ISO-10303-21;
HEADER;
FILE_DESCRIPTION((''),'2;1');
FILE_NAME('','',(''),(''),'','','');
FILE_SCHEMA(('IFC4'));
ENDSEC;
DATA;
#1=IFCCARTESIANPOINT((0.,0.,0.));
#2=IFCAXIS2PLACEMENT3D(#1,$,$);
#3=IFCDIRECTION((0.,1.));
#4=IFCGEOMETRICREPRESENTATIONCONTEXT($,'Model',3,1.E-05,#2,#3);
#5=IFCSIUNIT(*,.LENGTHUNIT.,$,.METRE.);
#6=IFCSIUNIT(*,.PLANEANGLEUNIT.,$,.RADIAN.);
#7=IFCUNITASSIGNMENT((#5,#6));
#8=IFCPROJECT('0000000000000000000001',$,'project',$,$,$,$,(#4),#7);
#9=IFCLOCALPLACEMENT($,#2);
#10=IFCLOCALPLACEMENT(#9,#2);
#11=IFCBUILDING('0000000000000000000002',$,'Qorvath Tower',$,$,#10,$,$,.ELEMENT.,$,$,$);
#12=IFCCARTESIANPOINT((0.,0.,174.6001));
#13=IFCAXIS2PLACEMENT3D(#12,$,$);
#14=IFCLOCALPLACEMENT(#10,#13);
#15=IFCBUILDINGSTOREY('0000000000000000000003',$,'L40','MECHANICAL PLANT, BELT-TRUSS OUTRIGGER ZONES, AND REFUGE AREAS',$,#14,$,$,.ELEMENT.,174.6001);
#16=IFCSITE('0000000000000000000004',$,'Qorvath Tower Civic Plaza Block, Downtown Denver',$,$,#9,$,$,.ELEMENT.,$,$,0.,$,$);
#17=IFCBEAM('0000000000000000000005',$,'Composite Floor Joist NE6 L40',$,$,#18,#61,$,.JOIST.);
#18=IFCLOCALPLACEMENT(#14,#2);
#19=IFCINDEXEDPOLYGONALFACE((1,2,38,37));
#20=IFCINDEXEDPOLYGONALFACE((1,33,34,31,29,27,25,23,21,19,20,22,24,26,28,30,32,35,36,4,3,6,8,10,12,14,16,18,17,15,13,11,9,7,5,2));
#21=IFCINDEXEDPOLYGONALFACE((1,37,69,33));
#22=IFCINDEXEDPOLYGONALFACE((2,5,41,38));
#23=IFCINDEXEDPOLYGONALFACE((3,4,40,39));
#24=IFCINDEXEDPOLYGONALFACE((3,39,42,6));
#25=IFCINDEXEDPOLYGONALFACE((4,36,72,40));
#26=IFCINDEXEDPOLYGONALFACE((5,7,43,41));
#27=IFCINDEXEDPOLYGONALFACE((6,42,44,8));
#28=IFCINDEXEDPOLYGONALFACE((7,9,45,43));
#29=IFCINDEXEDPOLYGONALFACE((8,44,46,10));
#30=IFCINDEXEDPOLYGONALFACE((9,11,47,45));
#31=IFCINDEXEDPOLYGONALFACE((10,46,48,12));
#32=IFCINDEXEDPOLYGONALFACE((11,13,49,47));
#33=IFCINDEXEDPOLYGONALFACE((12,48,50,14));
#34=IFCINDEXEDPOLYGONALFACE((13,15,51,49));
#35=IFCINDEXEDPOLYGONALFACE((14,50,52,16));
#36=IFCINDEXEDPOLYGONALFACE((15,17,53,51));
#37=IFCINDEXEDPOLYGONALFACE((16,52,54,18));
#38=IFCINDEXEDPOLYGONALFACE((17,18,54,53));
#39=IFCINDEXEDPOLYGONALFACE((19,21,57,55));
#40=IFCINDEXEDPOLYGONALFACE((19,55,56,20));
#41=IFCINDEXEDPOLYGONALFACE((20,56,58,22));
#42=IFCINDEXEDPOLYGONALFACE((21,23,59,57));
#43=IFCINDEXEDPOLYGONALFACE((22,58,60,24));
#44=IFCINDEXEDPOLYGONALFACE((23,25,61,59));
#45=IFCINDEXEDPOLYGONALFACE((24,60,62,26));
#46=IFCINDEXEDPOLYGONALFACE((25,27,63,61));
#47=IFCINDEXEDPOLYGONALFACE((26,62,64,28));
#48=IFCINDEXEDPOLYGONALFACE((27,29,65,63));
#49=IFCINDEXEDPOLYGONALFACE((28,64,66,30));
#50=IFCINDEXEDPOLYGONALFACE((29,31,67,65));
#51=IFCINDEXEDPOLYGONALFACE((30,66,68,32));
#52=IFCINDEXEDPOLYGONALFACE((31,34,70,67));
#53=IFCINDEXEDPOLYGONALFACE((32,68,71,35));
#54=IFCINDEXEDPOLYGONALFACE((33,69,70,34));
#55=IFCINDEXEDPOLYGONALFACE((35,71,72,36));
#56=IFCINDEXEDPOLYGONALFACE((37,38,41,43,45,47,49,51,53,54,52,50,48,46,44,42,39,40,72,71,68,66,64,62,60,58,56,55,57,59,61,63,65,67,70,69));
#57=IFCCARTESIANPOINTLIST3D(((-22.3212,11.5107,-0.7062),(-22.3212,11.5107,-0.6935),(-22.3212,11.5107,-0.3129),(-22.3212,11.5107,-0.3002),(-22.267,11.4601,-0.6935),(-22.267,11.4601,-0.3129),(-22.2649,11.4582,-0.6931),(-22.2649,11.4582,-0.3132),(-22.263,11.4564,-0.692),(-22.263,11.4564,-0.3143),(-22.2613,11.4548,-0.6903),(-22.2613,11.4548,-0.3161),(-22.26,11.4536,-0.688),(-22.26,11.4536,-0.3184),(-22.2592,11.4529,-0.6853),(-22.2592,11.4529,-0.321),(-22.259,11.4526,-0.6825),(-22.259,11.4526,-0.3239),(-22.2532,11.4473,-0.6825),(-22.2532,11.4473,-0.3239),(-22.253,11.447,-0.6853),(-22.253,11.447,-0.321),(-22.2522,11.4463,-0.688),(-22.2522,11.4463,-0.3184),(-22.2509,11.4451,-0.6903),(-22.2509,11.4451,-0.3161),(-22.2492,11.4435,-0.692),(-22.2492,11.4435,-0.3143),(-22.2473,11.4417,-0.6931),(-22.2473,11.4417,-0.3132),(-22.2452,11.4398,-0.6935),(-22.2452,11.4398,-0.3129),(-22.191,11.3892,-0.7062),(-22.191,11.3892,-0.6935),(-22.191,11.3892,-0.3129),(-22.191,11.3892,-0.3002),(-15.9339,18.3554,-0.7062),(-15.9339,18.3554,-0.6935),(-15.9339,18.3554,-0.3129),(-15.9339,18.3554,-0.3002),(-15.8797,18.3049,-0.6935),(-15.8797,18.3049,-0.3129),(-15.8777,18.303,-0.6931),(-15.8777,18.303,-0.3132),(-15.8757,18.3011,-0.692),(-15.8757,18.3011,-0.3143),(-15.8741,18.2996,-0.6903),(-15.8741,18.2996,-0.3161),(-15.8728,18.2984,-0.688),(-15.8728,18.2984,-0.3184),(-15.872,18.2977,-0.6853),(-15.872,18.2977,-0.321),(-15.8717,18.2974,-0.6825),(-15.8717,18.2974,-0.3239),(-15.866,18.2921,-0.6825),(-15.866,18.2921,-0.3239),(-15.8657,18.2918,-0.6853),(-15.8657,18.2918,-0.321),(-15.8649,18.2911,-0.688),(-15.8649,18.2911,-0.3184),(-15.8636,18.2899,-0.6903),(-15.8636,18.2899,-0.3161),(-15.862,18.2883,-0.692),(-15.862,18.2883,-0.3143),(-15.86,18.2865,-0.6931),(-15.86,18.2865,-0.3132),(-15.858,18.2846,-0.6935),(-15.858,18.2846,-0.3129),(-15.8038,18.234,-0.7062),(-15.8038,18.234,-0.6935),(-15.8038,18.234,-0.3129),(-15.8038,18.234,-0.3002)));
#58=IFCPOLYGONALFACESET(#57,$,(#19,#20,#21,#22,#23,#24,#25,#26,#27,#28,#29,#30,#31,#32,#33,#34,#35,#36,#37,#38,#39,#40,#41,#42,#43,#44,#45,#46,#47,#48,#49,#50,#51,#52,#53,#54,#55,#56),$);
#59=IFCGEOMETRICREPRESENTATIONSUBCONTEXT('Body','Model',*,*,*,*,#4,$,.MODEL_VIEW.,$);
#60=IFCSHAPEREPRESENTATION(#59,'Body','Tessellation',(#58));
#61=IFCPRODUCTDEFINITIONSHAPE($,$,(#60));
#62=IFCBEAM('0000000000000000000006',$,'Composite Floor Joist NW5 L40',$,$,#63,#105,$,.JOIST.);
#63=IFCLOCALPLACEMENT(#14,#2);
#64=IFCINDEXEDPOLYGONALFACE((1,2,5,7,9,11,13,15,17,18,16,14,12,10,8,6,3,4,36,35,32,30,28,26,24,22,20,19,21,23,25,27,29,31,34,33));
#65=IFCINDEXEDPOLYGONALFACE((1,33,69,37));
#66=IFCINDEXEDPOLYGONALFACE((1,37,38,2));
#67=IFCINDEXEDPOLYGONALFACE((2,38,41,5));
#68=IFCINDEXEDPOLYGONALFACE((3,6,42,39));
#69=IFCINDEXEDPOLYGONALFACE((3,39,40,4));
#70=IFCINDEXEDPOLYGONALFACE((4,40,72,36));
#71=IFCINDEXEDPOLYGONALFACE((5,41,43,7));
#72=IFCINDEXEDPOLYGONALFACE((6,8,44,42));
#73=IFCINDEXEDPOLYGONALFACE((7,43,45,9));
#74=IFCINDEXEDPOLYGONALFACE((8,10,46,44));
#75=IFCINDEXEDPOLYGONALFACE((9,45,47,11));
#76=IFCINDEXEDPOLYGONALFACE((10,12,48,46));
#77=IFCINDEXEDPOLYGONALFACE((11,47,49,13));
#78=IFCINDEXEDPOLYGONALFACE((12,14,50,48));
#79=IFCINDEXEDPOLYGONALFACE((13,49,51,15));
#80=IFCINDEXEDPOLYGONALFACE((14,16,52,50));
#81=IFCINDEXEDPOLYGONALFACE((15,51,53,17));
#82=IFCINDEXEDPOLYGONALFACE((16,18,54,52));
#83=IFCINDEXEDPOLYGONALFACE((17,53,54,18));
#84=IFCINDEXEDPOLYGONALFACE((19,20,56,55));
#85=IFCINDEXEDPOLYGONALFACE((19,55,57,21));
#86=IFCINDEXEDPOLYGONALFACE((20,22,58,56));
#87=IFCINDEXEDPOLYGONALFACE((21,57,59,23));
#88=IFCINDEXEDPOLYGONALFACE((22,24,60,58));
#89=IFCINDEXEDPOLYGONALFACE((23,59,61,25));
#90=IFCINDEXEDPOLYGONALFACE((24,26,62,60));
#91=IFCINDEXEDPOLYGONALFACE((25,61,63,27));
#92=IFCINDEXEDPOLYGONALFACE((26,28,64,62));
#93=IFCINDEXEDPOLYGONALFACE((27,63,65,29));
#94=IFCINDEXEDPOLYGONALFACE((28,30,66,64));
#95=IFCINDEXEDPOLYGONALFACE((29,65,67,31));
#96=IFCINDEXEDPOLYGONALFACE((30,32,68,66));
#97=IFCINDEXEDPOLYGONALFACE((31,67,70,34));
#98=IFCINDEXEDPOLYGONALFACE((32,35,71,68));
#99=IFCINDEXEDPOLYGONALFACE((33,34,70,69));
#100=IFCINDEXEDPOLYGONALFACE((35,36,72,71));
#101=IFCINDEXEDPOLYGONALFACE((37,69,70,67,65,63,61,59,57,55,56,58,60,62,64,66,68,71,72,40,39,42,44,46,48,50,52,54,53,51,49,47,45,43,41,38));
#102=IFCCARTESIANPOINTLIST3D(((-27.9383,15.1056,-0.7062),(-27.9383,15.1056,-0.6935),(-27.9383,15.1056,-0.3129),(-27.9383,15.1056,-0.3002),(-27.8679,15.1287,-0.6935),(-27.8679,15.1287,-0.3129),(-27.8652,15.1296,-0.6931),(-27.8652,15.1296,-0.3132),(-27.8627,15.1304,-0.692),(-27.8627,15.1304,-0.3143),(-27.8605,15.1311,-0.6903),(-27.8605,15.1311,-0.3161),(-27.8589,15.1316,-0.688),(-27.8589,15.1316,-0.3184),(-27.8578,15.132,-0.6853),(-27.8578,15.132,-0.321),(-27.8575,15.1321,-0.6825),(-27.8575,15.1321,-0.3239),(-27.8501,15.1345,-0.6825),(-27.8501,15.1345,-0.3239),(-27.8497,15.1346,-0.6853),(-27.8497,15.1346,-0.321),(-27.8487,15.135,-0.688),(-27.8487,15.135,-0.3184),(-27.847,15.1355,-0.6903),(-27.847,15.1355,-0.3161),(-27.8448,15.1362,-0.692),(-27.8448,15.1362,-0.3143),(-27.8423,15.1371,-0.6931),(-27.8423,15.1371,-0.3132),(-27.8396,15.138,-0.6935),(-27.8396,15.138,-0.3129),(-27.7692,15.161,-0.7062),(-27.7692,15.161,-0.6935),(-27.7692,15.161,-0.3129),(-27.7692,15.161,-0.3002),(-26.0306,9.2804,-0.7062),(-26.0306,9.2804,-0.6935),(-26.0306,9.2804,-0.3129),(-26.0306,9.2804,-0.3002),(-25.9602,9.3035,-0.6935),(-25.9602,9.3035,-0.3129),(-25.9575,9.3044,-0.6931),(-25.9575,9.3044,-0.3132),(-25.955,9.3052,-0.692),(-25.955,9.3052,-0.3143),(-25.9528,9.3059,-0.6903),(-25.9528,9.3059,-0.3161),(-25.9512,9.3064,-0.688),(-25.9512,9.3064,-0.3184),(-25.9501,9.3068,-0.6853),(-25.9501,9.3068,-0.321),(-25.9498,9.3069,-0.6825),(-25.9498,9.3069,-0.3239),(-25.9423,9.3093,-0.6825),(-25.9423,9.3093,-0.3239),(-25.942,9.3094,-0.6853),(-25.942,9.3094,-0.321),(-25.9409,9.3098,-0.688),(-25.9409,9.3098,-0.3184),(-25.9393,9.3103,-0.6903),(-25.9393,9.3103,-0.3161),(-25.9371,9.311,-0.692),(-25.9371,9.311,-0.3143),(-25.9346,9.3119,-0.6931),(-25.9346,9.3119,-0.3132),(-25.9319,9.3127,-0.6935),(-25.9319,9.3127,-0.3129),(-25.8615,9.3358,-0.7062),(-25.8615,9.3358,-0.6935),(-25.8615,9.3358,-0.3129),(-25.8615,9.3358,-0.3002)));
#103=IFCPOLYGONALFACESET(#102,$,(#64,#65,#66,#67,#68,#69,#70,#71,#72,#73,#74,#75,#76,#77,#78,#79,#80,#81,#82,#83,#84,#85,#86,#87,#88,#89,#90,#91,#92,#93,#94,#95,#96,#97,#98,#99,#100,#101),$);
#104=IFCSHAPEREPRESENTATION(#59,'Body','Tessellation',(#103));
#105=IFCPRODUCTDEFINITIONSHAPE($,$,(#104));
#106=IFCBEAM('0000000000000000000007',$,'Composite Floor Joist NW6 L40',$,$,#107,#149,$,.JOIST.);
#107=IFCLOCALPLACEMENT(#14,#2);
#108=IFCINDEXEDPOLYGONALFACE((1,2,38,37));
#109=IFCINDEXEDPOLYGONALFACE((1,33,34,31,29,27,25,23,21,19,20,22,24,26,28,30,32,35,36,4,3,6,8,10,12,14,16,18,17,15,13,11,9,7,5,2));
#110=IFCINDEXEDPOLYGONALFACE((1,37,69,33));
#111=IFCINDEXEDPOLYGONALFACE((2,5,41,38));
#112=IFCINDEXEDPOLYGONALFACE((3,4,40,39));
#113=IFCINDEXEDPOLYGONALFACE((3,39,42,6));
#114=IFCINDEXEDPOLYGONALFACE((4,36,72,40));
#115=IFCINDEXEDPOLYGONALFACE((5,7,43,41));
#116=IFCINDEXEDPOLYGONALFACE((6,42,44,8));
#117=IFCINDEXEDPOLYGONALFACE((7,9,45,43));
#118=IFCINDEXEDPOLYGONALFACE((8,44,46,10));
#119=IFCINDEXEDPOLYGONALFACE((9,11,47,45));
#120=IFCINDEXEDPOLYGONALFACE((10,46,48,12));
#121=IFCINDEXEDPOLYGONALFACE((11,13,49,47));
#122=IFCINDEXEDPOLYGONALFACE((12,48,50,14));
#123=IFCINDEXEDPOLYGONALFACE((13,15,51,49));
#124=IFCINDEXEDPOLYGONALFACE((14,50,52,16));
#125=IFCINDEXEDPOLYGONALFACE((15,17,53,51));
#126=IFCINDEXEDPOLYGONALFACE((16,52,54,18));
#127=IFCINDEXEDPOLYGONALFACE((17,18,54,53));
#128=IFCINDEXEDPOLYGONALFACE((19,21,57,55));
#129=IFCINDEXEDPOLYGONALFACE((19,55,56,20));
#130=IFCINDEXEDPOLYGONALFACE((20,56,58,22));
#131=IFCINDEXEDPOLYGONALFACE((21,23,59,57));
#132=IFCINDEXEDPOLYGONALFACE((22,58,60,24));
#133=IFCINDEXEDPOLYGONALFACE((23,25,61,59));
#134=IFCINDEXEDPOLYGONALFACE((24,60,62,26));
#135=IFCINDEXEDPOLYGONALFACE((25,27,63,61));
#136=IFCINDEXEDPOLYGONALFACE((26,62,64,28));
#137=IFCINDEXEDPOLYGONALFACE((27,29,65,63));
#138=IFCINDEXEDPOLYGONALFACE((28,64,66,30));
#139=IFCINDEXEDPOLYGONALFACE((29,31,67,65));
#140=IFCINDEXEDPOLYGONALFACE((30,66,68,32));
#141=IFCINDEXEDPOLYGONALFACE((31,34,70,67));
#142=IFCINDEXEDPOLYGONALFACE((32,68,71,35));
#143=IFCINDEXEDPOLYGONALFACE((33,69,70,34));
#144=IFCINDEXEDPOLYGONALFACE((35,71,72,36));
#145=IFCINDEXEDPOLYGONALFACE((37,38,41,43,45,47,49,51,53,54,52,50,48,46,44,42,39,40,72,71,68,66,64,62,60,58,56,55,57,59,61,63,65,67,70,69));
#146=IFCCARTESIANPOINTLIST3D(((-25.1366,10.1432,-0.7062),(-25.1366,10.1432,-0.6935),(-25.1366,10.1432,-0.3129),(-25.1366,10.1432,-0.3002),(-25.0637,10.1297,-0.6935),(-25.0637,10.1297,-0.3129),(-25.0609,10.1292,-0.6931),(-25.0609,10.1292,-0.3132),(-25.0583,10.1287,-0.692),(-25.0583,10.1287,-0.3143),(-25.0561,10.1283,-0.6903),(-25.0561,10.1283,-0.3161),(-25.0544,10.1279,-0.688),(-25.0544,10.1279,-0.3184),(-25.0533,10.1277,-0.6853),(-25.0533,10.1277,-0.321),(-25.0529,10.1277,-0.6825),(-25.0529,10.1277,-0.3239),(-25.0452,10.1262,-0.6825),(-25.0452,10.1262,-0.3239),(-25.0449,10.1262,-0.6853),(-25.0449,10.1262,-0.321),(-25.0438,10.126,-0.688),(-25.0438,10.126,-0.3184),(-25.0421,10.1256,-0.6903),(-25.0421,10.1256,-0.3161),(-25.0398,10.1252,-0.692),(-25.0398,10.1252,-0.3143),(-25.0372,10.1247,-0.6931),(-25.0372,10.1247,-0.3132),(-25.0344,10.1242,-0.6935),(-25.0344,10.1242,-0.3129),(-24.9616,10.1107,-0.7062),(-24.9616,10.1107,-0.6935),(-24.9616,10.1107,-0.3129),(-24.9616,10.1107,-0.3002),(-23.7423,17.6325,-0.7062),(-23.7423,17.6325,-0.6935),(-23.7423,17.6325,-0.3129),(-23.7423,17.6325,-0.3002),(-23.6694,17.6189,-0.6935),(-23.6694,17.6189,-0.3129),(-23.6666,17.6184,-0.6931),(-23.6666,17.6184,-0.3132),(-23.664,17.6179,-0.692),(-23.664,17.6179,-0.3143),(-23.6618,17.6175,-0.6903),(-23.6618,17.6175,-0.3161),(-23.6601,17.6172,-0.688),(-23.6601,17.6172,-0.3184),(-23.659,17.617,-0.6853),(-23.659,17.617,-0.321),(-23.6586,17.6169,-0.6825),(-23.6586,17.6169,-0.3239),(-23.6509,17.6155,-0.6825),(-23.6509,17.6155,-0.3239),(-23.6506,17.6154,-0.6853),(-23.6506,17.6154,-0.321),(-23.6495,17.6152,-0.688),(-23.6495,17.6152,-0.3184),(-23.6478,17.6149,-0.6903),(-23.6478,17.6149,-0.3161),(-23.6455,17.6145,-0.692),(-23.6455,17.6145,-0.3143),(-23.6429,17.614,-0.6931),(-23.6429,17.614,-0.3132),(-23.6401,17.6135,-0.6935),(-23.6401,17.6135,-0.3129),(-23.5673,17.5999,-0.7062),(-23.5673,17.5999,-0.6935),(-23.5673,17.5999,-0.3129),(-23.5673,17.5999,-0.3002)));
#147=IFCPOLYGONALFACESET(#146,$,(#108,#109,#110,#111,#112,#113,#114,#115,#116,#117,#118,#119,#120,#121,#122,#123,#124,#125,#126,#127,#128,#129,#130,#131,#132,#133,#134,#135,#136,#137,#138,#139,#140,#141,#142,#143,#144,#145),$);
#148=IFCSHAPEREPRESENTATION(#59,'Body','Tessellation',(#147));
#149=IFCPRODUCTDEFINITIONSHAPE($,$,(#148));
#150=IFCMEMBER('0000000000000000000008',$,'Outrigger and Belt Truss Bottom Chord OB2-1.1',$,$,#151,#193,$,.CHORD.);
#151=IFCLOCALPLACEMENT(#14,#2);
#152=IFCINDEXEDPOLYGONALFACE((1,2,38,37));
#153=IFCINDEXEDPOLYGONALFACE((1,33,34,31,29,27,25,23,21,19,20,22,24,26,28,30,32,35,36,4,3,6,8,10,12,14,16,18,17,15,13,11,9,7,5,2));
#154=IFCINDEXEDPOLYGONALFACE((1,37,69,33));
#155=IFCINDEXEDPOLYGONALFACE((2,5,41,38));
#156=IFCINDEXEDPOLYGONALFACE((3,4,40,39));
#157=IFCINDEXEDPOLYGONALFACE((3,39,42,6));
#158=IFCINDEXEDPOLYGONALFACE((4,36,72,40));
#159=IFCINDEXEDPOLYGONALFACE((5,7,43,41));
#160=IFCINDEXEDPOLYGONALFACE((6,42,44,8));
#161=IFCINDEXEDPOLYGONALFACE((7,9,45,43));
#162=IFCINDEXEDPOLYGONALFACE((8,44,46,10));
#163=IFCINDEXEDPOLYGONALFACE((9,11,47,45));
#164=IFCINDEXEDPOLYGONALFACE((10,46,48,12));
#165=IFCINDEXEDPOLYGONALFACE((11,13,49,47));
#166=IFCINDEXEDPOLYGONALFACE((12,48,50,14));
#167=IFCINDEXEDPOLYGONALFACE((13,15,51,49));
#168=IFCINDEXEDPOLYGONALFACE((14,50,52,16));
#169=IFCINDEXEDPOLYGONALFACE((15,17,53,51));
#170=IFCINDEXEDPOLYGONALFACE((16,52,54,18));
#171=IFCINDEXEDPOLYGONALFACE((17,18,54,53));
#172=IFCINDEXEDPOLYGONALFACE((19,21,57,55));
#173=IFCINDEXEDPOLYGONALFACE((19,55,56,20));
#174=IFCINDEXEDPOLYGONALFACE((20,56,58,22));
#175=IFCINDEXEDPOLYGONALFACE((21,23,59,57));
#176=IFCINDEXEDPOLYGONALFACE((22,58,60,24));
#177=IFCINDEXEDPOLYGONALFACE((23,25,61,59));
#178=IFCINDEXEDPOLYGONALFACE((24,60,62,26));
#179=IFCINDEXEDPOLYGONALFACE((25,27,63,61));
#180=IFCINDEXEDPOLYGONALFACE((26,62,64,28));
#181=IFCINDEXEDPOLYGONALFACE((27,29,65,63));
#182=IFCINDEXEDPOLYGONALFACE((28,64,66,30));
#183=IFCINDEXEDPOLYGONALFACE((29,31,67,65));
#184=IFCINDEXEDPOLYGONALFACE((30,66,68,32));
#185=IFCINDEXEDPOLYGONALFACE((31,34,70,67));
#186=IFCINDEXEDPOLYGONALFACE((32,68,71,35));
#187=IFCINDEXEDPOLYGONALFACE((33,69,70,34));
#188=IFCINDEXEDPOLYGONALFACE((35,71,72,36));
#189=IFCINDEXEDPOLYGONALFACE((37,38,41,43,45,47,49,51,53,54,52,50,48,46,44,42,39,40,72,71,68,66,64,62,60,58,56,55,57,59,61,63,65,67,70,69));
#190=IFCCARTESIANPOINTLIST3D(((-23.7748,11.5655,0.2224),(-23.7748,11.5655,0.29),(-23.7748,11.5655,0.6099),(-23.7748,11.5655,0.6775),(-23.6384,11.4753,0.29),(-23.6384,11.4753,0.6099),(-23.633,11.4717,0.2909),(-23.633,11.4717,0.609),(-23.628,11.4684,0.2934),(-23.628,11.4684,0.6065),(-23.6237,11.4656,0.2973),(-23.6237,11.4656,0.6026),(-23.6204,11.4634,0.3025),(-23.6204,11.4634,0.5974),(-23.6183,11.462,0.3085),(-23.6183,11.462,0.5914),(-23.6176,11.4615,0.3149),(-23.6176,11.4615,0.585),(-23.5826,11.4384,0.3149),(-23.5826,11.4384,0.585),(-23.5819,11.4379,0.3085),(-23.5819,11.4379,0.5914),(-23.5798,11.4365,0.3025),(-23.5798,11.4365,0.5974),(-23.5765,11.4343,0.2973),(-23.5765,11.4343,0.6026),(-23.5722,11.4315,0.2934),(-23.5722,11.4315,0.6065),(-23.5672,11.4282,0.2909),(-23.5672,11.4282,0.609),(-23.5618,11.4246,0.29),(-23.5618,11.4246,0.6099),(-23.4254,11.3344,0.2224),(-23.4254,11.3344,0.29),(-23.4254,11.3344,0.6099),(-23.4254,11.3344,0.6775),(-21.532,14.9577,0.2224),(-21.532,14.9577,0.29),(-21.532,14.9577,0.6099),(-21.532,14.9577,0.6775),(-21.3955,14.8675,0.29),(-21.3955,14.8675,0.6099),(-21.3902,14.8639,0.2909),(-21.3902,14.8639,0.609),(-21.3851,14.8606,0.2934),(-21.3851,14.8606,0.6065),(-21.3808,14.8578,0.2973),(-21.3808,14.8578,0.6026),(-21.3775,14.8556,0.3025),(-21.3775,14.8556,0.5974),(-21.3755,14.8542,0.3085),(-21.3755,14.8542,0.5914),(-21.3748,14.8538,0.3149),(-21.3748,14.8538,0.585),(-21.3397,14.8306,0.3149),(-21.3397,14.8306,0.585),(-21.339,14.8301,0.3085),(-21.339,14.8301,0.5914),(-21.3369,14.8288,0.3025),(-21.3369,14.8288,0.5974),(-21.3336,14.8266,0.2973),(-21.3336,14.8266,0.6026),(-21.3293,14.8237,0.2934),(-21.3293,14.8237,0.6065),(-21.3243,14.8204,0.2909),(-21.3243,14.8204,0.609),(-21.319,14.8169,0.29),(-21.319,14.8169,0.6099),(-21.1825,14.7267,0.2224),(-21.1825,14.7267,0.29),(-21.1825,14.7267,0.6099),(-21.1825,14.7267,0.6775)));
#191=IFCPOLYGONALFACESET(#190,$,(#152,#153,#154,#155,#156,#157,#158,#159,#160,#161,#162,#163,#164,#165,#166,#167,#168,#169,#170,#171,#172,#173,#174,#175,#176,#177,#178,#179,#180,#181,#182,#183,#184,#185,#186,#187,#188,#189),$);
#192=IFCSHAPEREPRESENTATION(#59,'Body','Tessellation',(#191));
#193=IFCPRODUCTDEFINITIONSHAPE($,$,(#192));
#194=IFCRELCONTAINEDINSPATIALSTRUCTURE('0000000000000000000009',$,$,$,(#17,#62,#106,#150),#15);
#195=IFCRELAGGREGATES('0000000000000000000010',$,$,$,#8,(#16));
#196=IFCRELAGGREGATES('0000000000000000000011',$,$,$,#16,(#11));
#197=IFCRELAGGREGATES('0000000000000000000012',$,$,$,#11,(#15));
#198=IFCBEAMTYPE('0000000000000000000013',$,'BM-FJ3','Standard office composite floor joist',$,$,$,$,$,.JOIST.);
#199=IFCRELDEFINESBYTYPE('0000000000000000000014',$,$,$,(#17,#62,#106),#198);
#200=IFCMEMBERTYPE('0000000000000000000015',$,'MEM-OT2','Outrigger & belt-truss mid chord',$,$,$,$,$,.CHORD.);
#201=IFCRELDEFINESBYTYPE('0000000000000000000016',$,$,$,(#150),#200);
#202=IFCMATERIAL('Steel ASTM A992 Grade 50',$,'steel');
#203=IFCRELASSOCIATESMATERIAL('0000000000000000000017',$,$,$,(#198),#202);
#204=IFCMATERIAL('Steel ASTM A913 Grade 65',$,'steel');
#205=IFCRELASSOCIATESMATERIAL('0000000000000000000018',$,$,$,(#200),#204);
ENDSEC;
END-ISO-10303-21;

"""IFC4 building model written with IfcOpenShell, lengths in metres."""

from ifc_helpers import new_model, si_unit, direction, frame, origin, origin_2d, place, context, subcontext, project, spatial, i_section, extrude, material, material_profile, profile_set, type_object, element, save


model = new_model("IFC4")

# Units and contexts
model_context = context("Model", 3, precision=1e-05, world=origin(), true_north=direction((0.0, 1.0)))
body_context = subcontext(model_context, "Body", "Model", "MODEL_VIEW")
ifc_project = project(units=[si_unit("LENGTHUNIT", "METRE"), si_unit("PLANEANGLEUNIT", "RADIAN")], contexts=[model_context])

# Site, building, storey
site_placement = place(None, origin())
site = spatial("IfcSite", under=ifc_project, at=site_placement, Name="Qorvath Tower Civic Plaza Block, Downtown Denver", CompositionType="ELEMENT", RefElevation=0.0)
building_placement = place(site_placement, origin())
building = spatial("IfcBuilding", under=site, at=building_placement, Name="Qorvath Tower", CompositionType="ELEMENT")
storey_placement = place(building_placement, frame((0.0, 0.0, 174.6001)))
storey = spatial("IfcBuildingStorey", under=building, at=storey_placement, Name="L40", Description="MECHANICAL PLANT, BELT-TRUSS OUTRIGGER ZONES, AND REFUGE AREAS", CompositionType="ELEMENT", Elevation=174.6001)

# Beams
ifc_material_1 = material(Name="Steel ASTM A992 Grade 50", Category="steel")
ifc_material_profile_1 = material_profile(ifc_material_1, i_section(OverallWidth=0.178, OverallDepth=0.406, WebThickness=0.0078, FlangeThickness=0.0127, FilletRadius=0.011, at=origin_2d()), Name="W16x40")
ifc_profile_set_1 = profile_set([ifc_material_profile_1], Name="Steel ASTM A992 Grade 50")
beam_type_1 = type_object("IfcBeamType", Name="BM-FJ3", Description="Standard office composite floor joist", PredefinedType="JOIST", material=ifc_profile_set_1)
beam_1_placement = place(storey_placement, frame((-22.2561, 11.45, -0.5032), z_axis=(0.682249, 0.731119, 0.0), x_axis=(-0.731119, 0.682249, 0.0)))
element("IfcBeam", 1, at=beam_1_placement, inside=storey, type_object=beam_type_1, Name="Composite Floor Joist NE6 L40", PredefinedType="JOIST", context=body_context, shape_type="SweptSolid", body=[
    extrude(i_section(OverallWidth=0.178, OverallDepth=0.406, WebThickness=0.0078, FlangeThickness=0.0127, FilletRadius=0.011, at=origin_2d()), origin(), (0.0, 0.0, 1.0), 9.3621),
])
beam_2_placement = place(storey_placement, frame((-25.946, 9.3081, -0.5032), z_axis=(-0.311229, 0.950335, 0.0), x_axis=(-0.950335, -0.311229, 0.0)))
element("IfcBeam", 2, at=beam_2_placement, inside=storey, type_object=beam_type_1, Name="Composite Floor Joist NW5 L40", PredefinedType="JOIST", context=body_context, shape_type="SweptSolid", body=[
    extrude(i_section(OverallWidth=0.178, OverallDepth=0.406, WebThickness=0.0078, FlangeThickness=0.0127, FilletRadius=0.011, at=origin_2d()), origin(), (0.0, 0.0, 1.0), 6.1296),
])
beam_3_placement = place(storey_placement, frame((-25.0491, 10.127, -0.5032), z_axis=(0.183027, 0.983108, 0.0), x_axis=(-0.983108, 0.183027, 0.0)))
element("IfcBeam", 3, at=beam_3_placement, inside=storey, type_object=beam_type_1, Name="Composite Floor Joist NW6 L40", PredefinedType="JOIST", context=body_context, shape_type="SweptSolid", body=[
    extrude(i_section(OverallWidth=0.178, OverallDepth=0.406, WebThickness=0.0078, FlangeThickness=0.0127, FilletRadius=0.011, at=origin_2d()), origin(), (0.0, 0.0, 1.0), 7.6179),
])

# Member
ifc_material_2 = material(Name="Steel ASTM A913 Grade 65", Category="steel")
ifc_material_profile_2 = material_profile(ifc_material_2, i_section(OverallWidth=0.4189, OverallDepth=0.4551, WebThickness=0.042, FlangeThickness=0.0676, FilletRadius=0.0249, at=origin_2d()), Name="W14x370")
ifc_profile_set_2 = profile_set([ifc_material_profile_2], Name="Steel ASTM A913 Grade 65")
member_type_1 = type_object("IfcMemberType", Name="MEM-OT2", Description="Outrigger & belt-truss mid chord", PredefinedType="CHORD", material=ifc_profile_set_2)
for number, where, z_axis, x_axis, name in (
    (4, (-23.6001, 11.45, 0.45), (0.551524, 0.834159, 0.0), (-0.834159, 0.551524, 0.0), "Outrigger and Belt Truss Bottom Chord OB2-1.1"),
):
    element("IfcMember", number, at=place(storey_placement, frame(where, z_axis=z_axis, x_axis=x_axis)), inside=storey, type_object=member_type_1, Name=name, PredefinedType="CHORD", context=body_context, shape_type="SweptSolid", body=[
        extrude(i_section(OverallWidth=0.4189, OverallDepth=0.4551, WebThickness=0.042, FlangeThickness=0.0676, FilletRadius=0.0249, at=origin_2d()), origin(), (0.0, 0.0, 1.0), 4.0667),
    ])

save(model, "model.ifc")
